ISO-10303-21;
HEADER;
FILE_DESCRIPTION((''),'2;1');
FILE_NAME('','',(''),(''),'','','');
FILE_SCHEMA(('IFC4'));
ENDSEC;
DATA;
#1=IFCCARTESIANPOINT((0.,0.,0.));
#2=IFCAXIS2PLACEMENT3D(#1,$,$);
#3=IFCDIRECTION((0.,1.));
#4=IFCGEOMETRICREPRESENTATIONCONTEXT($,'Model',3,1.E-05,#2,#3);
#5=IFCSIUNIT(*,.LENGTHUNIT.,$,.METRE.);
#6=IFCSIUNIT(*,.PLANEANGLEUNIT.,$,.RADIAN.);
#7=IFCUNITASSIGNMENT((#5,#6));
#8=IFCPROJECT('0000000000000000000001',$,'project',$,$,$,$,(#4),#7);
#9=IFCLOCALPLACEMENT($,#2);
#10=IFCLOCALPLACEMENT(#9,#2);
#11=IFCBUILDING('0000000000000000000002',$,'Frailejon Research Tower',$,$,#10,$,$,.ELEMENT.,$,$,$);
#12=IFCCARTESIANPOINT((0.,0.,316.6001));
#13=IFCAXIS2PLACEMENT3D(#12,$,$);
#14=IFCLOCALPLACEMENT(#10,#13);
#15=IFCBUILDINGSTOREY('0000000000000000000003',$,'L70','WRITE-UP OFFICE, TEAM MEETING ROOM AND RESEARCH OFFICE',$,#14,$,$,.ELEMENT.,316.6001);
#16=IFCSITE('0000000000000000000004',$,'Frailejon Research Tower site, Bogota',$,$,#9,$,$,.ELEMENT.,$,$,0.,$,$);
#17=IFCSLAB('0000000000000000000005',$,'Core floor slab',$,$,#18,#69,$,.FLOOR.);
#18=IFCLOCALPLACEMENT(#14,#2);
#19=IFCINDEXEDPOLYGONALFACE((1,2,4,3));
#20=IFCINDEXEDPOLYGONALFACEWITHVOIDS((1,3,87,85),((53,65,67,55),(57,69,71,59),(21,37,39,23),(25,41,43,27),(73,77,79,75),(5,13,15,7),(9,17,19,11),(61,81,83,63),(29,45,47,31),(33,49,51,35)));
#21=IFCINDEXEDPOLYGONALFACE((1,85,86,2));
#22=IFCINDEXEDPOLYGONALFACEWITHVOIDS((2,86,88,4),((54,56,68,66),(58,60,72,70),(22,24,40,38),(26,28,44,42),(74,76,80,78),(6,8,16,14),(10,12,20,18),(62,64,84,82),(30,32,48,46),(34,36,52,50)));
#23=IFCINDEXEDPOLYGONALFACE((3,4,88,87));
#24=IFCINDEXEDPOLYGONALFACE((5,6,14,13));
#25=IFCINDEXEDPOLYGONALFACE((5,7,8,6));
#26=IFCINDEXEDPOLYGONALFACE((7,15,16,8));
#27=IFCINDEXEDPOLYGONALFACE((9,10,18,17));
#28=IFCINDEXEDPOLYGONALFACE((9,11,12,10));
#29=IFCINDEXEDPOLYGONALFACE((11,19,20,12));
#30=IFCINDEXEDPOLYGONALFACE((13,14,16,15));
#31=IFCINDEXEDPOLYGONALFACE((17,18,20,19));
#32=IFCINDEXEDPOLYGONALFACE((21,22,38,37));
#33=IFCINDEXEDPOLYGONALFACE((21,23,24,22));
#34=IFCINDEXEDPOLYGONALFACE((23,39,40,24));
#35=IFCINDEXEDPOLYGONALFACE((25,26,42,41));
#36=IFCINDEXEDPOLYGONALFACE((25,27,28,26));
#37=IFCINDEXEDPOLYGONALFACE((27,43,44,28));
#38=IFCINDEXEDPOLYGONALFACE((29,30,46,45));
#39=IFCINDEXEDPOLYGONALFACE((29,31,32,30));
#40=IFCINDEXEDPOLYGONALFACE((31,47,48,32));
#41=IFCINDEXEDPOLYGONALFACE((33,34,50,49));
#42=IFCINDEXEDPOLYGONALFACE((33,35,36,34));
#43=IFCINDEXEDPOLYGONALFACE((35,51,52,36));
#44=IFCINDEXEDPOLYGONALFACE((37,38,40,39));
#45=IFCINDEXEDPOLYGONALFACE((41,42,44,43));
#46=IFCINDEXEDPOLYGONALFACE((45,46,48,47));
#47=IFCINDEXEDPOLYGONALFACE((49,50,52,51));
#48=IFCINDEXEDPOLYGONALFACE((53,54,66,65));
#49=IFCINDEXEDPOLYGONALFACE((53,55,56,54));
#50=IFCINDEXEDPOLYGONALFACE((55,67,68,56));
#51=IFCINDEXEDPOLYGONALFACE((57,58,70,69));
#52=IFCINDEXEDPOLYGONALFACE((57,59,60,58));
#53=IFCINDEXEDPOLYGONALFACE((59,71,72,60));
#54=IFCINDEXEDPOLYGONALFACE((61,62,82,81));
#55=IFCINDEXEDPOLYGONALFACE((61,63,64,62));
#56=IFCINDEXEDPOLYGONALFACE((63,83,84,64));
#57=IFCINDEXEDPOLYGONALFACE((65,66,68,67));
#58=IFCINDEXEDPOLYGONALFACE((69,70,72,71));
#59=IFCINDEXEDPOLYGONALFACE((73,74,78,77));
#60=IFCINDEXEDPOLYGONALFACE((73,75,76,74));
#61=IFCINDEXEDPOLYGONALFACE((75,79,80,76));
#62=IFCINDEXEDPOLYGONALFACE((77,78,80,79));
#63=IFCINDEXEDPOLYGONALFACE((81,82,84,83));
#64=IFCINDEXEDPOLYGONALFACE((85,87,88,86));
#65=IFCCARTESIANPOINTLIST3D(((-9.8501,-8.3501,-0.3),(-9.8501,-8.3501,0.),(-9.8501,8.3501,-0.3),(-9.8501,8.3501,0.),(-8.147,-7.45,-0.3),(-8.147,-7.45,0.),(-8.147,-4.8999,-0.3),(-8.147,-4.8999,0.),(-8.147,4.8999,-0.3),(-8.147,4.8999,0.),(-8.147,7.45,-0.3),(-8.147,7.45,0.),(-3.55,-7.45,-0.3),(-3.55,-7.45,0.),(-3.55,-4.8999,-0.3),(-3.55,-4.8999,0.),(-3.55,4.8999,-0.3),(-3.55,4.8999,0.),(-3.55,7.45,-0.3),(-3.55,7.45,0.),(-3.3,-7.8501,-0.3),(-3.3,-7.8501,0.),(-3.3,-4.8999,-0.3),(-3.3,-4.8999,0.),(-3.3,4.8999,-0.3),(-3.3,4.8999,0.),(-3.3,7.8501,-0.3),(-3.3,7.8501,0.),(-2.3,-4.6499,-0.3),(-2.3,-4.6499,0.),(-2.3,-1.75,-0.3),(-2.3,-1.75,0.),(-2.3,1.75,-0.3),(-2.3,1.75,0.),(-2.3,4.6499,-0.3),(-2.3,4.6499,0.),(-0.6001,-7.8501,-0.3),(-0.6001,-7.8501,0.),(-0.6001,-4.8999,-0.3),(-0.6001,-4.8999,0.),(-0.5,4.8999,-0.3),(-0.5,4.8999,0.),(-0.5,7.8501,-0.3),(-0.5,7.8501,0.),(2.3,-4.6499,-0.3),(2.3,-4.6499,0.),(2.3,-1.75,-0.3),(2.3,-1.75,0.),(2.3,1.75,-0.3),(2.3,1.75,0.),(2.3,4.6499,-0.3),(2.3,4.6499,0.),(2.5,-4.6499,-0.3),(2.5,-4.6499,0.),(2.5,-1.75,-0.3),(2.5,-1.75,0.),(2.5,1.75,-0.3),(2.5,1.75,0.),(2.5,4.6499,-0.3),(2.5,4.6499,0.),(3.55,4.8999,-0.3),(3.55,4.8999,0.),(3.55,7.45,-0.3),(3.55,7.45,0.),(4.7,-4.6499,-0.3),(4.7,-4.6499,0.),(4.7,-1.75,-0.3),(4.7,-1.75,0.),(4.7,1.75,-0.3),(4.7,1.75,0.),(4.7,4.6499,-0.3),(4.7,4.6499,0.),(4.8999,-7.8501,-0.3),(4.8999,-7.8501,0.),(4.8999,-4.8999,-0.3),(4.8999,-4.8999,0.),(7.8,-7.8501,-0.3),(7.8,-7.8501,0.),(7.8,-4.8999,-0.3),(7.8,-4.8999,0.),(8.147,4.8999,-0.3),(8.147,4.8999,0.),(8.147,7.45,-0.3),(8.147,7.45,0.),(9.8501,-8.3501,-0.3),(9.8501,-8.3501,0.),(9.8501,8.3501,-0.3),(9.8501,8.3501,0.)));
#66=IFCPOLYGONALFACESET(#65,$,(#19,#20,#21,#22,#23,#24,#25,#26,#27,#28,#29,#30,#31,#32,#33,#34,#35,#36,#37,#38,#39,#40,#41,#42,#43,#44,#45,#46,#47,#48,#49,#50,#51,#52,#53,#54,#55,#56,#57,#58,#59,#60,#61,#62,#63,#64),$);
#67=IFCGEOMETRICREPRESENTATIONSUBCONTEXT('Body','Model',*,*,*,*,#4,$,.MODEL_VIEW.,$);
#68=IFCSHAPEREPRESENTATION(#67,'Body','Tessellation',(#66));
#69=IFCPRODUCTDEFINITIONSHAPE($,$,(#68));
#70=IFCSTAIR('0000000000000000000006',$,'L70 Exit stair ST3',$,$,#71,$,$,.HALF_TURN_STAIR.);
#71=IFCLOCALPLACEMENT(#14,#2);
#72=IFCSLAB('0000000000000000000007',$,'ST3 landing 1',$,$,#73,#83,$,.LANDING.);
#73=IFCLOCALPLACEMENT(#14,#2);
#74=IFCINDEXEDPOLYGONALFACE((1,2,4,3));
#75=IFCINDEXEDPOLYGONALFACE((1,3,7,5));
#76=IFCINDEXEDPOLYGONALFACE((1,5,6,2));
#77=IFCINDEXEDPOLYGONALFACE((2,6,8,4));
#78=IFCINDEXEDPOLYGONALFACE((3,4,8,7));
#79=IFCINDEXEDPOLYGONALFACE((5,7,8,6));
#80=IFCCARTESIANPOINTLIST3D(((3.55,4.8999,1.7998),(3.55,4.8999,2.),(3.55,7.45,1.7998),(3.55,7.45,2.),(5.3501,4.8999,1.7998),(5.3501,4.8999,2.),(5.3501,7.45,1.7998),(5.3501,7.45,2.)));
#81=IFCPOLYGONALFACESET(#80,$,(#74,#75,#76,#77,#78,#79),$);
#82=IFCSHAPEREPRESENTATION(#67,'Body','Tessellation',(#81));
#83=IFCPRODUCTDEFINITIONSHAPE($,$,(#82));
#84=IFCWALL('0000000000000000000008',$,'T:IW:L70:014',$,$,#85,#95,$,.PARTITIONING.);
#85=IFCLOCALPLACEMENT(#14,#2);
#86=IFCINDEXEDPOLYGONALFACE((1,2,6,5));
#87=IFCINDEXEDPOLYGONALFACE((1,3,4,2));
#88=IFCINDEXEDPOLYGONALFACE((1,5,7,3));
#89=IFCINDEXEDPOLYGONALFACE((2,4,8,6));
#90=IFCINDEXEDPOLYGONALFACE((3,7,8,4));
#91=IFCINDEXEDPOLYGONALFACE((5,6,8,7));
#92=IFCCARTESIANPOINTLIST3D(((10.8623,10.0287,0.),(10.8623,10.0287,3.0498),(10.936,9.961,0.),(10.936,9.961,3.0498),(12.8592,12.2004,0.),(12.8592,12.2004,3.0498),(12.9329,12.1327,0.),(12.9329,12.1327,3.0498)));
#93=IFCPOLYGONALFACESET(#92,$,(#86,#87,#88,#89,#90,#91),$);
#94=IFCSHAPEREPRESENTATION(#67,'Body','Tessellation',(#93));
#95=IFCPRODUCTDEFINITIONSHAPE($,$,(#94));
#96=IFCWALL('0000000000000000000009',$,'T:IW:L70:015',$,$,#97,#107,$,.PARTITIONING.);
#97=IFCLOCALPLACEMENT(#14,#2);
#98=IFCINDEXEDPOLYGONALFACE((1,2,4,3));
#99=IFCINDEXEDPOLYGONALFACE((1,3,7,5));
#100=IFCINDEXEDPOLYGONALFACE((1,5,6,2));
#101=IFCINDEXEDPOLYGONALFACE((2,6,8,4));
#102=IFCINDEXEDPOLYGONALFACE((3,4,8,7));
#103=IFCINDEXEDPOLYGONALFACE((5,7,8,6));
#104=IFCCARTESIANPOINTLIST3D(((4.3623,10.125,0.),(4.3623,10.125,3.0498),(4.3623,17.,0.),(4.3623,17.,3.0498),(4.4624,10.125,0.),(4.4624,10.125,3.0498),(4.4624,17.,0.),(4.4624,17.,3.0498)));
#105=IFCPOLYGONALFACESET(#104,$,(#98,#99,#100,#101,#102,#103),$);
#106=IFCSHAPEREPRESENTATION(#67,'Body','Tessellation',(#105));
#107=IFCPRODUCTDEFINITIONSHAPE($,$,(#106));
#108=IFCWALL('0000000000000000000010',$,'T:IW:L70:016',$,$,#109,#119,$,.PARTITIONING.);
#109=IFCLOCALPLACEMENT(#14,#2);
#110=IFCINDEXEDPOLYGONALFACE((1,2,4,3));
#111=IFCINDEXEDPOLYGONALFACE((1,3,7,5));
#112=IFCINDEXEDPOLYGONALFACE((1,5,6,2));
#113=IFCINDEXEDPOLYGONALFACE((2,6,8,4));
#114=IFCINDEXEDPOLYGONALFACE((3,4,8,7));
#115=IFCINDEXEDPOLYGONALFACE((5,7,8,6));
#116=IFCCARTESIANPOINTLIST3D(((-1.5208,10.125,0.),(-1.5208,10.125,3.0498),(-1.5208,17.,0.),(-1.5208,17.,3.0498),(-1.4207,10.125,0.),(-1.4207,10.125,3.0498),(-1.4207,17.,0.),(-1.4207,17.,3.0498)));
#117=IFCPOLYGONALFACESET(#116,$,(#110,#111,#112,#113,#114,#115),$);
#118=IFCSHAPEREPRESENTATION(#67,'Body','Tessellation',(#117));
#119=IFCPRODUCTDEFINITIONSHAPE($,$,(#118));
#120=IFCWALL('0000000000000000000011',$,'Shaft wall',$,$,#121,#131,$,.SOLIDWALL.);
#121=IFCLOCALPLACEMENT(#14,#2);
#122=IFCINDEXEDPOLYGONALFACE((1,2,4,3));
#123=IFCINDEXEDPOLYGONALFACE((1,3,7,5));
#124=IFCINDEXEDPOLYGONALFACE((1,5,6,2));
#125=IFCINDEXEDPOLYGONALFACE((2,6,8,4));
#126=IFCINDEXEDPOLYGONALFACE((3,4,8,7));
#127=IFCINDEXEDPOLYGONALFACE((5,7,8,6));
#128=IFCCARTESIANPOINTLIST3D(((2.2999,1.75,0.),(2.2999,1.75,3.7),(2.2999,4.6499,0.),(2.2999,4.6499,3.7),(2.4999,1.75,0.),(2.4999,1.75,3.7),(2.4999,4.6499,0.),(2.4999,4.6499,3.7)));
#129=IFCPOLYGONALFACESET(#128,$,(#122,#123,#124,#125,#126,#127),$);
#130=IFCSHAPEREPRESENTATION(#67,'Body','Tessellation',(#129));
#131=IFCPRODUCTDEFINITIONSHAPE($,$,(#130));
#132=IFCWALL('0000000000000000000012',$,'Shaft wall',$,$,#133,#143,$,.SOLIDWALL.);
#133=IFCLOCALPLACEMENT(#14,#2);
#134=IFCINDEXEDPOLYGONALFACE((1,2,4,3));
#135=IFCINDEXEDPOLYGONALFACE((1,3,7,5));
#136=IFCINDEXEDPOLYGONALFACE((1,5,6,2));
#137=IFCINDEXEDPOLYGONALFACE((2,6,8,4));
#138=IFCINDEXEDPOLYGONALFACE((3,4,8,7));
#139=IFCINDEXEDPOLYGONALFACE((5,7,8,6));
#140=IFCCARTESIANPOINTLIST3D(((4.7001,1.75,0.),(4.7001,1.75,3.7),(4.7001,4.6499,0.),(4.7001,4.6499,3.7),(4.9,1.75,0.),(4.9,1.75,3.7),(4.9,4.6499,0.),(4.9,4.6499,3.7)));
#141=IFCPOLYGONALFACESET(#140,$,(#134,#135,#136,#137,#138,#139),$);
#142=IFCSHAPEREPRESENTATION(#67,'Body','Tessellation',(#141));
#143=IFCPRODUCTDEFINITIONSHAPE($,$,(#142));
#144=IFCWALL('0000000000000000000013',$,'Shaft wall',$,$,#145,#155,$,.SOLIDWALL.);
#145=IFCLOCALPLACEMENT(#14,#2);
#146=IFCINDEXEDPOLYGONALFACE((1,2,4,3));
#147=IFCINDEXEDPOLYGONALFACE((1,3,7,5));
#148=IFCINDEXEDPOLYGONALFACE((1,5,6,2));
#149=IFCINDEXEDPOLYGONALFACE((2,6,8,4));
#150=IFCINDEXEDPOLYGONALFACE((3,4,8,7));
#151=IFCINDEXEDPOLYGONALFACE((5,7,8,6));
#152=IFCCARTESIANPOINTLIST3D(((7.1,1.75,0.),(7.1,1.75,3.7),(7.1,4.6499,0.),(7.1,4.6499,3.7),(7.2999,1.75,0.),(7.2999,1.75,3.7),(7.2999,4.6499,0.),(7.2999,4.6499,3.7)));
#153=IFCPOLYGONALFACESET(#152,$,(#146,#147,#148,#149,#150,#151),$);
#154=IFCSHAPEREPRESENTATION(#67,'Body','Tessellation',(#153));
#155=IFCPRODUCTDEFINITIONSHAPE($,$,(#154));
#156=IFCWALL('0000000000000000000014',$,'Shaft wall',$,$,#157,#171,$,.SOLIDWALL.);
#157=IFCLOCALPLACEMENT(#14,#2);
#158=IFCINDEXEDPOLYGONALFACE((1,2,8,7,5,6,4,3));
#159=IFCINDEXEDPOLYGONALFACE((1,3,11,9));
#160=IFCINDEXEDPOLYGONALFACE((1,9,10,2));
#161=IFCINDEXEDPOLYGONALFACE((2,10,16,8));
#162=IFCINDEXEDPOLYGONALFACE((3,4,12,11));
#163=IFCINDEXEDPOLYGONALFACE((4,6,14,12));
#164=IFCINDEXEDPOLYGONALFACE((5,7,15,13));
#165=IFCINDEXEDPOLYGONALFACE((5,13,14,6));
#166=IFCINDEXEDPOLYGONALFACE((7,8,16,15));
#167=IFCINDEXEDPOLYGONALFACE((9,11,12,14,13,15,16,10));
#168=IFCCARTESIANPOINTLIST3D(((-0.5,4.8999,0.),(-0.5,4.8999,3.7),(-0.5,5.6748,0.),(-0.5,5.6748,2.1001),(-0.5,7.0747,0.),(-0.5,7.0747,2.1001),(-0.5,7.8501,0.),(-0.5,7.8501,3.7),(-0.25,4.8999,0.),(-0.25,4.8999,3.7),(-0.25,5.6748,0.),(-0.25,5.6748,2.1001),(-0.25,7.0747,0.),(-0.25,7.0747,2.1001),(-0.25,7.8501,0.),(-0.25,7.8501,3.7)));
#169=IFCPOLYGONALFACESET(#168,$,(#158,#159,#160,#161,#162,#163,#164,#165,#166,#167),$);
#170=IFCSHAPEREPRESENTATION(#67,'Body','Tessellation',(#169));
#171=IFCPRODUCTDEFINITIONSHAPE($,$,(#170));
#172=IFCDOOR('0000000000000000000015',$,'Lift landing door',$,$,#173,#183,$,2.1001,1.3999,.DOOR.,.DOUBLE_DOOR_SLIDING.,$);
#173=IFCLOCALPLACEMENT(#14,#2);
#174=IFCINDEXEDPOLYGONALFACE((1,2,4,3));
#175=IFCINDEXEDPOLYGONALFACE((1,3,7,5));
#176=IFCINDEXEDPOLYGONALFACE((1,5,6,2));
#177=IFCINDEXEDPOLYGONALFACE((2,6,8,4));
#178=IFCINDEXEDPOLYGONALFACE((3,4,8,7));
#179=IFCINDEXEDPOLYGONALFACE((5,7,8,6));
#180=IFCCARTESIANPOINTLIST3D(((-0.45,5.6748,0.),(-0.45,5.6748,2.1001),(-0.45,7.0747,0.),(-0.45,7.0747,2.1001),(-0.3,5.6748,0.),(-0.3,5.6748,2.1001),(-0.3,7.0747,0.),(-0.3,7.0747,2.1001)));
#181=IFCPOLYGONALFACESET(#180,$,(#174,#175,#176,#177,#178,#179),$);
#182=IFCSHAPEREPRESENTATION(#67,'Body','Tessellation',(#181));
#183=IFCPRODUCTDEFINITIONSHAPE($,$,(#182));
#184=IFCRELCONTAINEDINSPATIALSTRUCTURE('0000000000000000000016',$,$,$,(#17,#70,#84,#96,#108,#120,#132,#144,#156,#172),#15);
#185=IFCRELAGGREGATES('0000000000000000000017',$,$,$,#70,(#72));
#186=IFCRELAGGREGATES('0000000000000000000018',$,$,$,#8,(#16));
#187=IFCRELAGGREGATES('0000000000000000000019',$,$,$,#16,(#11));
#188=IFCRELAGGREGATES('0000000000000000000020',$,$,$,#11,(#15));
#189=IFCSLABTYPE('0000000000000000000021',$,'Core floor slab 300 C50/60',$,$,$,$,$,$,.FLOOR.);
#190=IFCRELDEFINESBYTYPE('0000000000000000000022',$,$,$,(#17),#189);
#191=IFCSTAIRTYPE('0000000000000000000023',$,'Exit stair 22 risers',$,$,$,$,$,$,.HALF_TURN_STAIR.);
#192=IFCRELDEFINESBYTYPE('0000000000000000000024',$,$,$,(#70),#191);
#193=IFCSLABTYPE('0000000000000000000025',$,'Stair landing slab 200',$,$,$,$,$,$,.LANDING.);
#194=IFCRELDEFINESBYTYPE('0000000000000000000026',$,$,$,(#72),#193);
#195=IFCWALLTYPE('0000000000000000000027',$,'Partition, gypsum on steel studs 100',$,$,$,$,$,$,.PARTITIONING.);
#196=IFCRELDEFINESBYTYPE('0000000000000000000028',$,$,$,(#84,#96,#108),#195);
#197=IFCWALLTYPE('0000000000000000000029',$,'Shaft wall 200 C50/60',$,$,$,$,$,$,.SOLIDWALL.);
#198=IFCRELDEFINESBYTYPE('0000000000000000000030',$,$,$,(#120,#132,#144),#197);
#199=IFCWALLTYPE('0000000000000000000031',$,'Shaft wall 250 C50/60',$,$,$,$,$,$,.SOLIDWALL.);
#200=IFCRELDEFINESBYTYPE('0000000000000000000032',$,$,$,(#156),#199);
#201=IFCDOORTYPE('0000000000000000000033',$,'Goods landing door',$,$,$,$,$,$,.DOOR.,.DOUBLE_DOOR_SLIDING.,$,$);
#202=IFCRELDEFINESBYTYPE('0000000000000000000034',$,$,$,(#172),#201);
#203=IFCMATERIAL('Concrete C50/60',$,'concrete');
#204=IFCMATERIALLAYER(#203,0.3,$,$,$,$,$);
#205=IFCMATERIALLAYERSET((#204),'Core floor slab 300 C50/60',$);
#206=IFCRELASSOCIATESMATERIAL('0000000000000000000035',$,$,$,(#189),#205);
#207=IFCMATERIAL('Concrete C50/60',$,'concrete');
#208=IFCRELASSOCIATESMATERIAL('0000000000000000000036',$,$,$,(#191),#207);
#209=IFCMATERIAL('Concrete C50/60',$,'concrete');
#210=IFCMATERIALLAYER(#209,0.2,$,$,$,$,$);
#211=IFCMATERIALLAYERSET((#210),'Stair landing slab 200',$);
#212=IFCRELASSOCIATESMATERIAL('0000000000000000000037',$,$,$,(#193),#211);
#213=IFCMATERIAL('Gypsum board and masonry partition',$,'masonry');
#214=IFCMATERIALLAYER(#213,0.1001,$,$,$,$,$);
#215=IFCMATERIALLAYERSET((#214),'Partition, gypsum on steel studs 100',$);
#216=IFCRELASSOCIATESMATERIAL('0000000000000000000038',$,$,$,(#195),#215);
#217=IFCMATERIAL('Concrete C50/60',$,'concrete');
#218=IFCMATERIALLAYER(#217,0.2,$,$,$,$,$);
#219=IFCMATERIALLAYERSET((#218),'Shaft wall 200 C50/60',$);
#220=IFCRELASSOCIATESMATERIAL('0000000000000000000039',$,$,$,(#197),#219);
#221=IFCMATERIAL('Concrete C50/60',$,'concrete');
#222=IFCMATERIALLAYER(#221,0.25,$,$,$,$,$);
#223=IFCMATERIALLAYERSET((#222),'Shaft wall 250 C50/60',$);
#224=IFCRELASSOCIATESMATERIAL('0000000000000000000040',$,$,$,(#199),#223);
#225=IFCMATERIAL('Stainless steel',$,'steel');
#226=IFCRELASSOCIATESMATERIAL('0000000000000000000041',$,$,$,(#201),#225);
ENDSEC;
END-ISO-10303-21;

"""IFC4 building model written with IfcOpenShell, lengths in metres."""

from ifc_helpers import new_model, si_unit, direction, frame, frame_2d, origin, place, context, subcontext, project, spatial, polyline, rectangle, outline, extrude, material, layer, layer_set, type_object, element, fill, aggregate, save


model = new_model("IFC4")

# Units and contexts
model_context = context("Model", 3, precision=1e-05, world=origin(), true_north=direction((0.0, 1.0)))
body_context = subcontext(model_context, "Body", "Model", "MODEL_VIEW")
ifc_project = project(units=[si_unit("LENGTHUNIT", "METRE"), si_unit("PLANEANGLEUNIT", "RADIAN")], contexts=[model_context])

# Site, building, storey
site_placement = place(None, origin())
site = spatial("IfcSite", under=ifc_project, at=site_placement, Name="Frailejon Research Tower site, Bogota", CompositionType="ELEMENT", RefElevation=0.0)
building_placement = place(site_placement, origin())
building = spatial("IfcBuilding", under=site, at=building_placement, Name="Frailejon Research Tower", CompositionType="ELEMENT")
storey_placement = place(building_placement, frame((0.0, 0.0, 316.6001)))
storey = spatial("IfcBuildingStorey", under=building, at=storey_placement, Name="L70", Description="WRITE-UP OFFICE, TEAM MEETING ROOM AND RESEARCH OFFICE", CompositionType="ELEMENT", Elevation=316.6001)

# Slab
ifc_material_1 = material(Name="Concrete C50/60", Category="concrete")
ifc_layer_1 = layer(ifc_material_1, 0.3)
ifc_layer_set_1 = layer_set([ifc_layer_1], Name="Core floor slab 300 C50/60")
slab_type_1 = type_object("IfcSlabType", Name="Core floor slab 300 C50/60", PredefinedType="FLOOR", material=ifc_layer_set_1)
slab_1_placement = place(storey_placement, frame((0.0, 0.0, -0.3)))
element("IfcSlab", 1, at=slab_1_placement, inside=storey, type_object=slab_type_1, Name="Core floor slab", PredefinedType="FLOOR", context=body_context, shape_type="SweptSolid", body=[
    extrude(outline(polyline([(9.8501, -8.3501), (9.8501, 8.3501), (-9.8501, 8.3501), (-9.8501, -8.3501), (9.8501, -8.3501)]), holes=[polyline([(2.3, 1.75), (2.3, 4.6499), (-2.3, 4.6499), (-2.3, 1.75), (2.3, 1.75)]), polyline([(4.7, 1.75), (4.7, 4.6499), (2.5, 4.6499), (2.5, 1.75), (4.7, 1.75)]), polyline([(2.3, -4.6499), (2.3, -1.75), (-2.3, -1.75), (-2.3, -4.6499), (2.3, -4.6499)]), polyline([(4.7, -4.6499), (4.7, -1.75), (2.5, -1.75), (2.5, -4.6499), (4.7, -4.6499)]), polyline([(-8.147, 4.8999), (-3.55, 4.8999), (-3.55, 7.45), (-8.147, 7.45), (-8.147, 4.8999)]), polyline([(-8.147, -7.45), (-3.55, -7.45), (-3.55, -4.8999), (-8.147, -4.8999), (-8.147, -7.45)]), polyline([(8.147, 7.45), (3.55, 7.45), (3.55, 4.8999), (8.147, 4.8999), (8.147, 7.45)]), polyline([(-0.6001, -7.8501), (-0.6001, -4.8999), (-3.3, -4.8999), (-3.3, -7.8501), (-0.6001, -7.8501)]), polyline([(7.8, -7.8501), (7.8, -4.8999), (4.8999, -4.8999), (4.8999, -7.8501), (7.8, -7.8501)]), polyline([(-0.5, 4.8999), (-0.5, 7.8501), (-3.3, 7.8501), (-3.3, 4.8999), (-0.5, 4.8999)])]), origin(), (0.0, 0.0, 1.0), 0.3),
])

# Stair, slab
ifc_material_2 = material(Name="Concrete C50/60", Category="concrete")
stair_type = type_object("IfcStairType", Name="Exit stair 22 risers", PredefinedType="HALF_TURN_STAIR", material=ifc_material_2)
stair_placement = place(storey_placement, origin())
stair = element("IfcStair", 2, at=stair_placement, inside=storey, type_object=stair_type, Name="L70 Exit stair ST3", PredefinedType="HALF_TURN_STAIR")
ifc_material_3 = material(Name="Concrete C50/60", Category="concrete")
ifc_layer_2 = layer(ifc_material_3, 0.2)
ifc_layer_set_2 = layer_set([ifc_layer_2], Name="Stair landing slab 200")
slab_type_2 = type_object("IfcSlabType", Name="Stair landing slab 200", PredefinedType="LANDING", material=ifc_layer_set_2)
slab_2_placement = place(storey_placement, frame((0.0, 0.0, 1.7998)))
slab_2 = element("IfcSlab", 3, at=slab_2_placement, type_object=slab_type_2, Name="ST3 landing 1", PredefinedType="LANDING", context=body_context, shape_type="SweptSolid", body=[
    extrude(outline(polyline([(5.3501, 7.45), (3.55, 7.45), (3.55, 4.8999), (5.3501, 4.8999), (5.3501, 7.45)])), origin(), (0.0, 0.0, 1.0), 0.2002),
])

# Walls
ifc_material_4 = material(Name="Gypsum board and masonry partition", Category="masonry")
ifc_layer_3 = layer(ifc_material_4, 0.1001)
ifc_layer_set_3 = layer_set([ifc_layer_3], Name="Partition, gypsum on steel studs 100")
wall_type_1 = type_object("IfcWallType", Name="Partition, gypsum on steel studs 100", PredefinedType="PARTITIONING", material=ifc_layer_set_3)
wall_1_placement = place(storey_placement, frame((10.8992, 9.9949, 0.0), z_axis=(0.0, 0.0, 1.0), x_axis=(0.676859, 0.736112, 0.0)))
element("IfcWall", 4, at=wall_1_placement, inside=storey, type_object=wall_type_1, Name="T:IW:L70:014", PredefinedType="PARTITIONING", context=body_context, shape_type="SweptSolid", body=[
    extrude(rectangle(XDim=2.9502, YDim=0.1001, at=frame_2d((1.4751, 0.0))), origin(), (0.0, 0.0, 1.0), 3.0498),
])
for number, where, z_axis, x_axis, name in (
    (5, (4.4124, 10.125, 0.0), (0.0, 0.0, 1.0), (0.0, 1.0, 0.0), "T:IW:L70:015"),
    (6, (-1.4707, 10.125, 0.0), (0.0, 0.0, 1.0), (0.0, 1.0, 0.0), "T:IW:L70:016"),
):
    element("IfcWall", number, at=place(storey_placement, frame(where, z_axis=z_axis, x_axis=x_axis)), inside=storey, type_object=wall_type_1, Name=name, PredefinedType="PARTITIONING", context=body_context, shape_type="SweptSolid", body=[
        extrude(rectangle(XDim=6.875, YDim=0.1001, at=frame_2d((3.4375, 0.0))), origin(), (0.0, 0.0, 1.0), 3.0498),
    ])
ifc_material_5 = material(Name="Concrete C50/60", Category="concrete")
ifc_layer_4 = layer(ifc_material_5, 0.2)
ifc_layer_set_4 = layer_set([ifc_layer_4], Name="Shaft wall 200 C50/60")
wall_type_2 = type_object("IfcWallType", Name="Shaft wall 200 C50/60", PredefinedType="SOLIDWALL", material=ifc_layer_set_4)
for number, where, z_axis, x_axis, name in (
    (7, (2.3999, 1.75, 0.0), (0.0, 0.0, 1.0), (0.0, 1.0, 0.0), "Shaft wall"),
    (8, (4.8, 1.75, 0.0), (0.0, 0.0, 1.0), (0.0, 1.0, 0.0), "Shaft wall"),
    (9, (7.2, 1.75, 0.0), (0.0, 0.0, 1.0), (0.0, 1.0, 0.0), "Shaft wall"),
):
    element("IfcWall", number, at=place(storey_placement, frame(where, z_axis=z_axis, x_axis=x_axis)), inside=storey, type_object=wall_type_2, Name=name, PredefinedType="SOLIDWALL", context=body_context, shape_type="SweptSolid", body=[
        extrude(rectangle(XDim=2.8999, YDim=0.2, at=frame_2d((1.45, 0.0))), origin(), (0.0, 0.0, 1.0), 3.7),
    ])

# Wall, opening, door
ifc_material_6 = material(Name="Concrete C50/60", Category="concrete")
ifc_layer_5 = layer(ifc_material_6, 0.25)
ifc_layer_set_5 = layer_set([ifc_layer_5], Name="Shaft wall 250 C50/60")
wall_type_3 = type_object("IfcWallType", Name="Shaft wall 250 C50/60", PredefinedType="SOLIDWALL", material=ifc_layer_set_5)
wall_2_placement = place(storey_placement, frame((-0.375, 4.8999, 0.0), z_axis=(0.0, 0.0, 1.0), x_axis=(0.0, 1.0, 0.0)))
wall_2 = element("IfcWall", 10, at=wall_2_placement, inside=storey, type_object=wall_type_3, Name="Shaft wall", PredefinedType="SOLIDWALL", context=body_context, shape_type="SweptSolid", body=[
    extrude(rectangle(XDim=2.9502, YDim=0.25, at=frame_2d((1.4751, 0.0))), origin(), (0.0, 0.0, 1.0), 3.7),
])
opening_placement = place(wall_2_placement, frame((0.7749, 0.0, 0.0)))
opening = element("IfcOpeningElement", 11, at=opening_placement, cuts=wall_2, PredefinedType="OPENING", context=body_context, shape_type="SweptSolid", body=[
    extrude(rectangle(XDim=1.3999, YDim=2.1001, at=frame_2d((0.7, 1.05))), frame((0.0, 0.135, 0.0), z_axis=(0.0, -1.0, 0.0), x_axis=(1.0, 0.0, 0.0)), (0.0, 0.0, 1.0), 0.27),
])
ifc_material_7 = material(Name="Stainless steel", Category="steel")
door_type = type_object("IfcDoorType", Name="Goods landing door", OperationType="DOUBLE_DOOR_SLIDING", PredefinedType="DOOR", material=ifc_material_7)
door_placement = place(opening_placement, origin())
door = element("IfcDoor", 12, at=door_placement, inside=storey, type_object=door_type, Name="Lift landing door", OperationType="DOUBLE_DOOR_SLIDING", OverallHeight=2.1001, OverallWidth=1.3999, PredefinedType="DOOR", context=body_context, shape_type="SweptSolid", body=[
    extrude(rectangle(XDim=1.3999, YDim=2.1001, at=frame_2d((0.7, 1.05))), frame((0.0, 0.075, 0.0), z_axis=(0.0, -1.0, 0.0), x_axis=(1.0, 0.0, 0.0)), (0.0, 0.0, 1.0), 0.1499),
])
fill(opening, door)

aggregate(stair, [slab_2])

save(model, "model.ifc")
